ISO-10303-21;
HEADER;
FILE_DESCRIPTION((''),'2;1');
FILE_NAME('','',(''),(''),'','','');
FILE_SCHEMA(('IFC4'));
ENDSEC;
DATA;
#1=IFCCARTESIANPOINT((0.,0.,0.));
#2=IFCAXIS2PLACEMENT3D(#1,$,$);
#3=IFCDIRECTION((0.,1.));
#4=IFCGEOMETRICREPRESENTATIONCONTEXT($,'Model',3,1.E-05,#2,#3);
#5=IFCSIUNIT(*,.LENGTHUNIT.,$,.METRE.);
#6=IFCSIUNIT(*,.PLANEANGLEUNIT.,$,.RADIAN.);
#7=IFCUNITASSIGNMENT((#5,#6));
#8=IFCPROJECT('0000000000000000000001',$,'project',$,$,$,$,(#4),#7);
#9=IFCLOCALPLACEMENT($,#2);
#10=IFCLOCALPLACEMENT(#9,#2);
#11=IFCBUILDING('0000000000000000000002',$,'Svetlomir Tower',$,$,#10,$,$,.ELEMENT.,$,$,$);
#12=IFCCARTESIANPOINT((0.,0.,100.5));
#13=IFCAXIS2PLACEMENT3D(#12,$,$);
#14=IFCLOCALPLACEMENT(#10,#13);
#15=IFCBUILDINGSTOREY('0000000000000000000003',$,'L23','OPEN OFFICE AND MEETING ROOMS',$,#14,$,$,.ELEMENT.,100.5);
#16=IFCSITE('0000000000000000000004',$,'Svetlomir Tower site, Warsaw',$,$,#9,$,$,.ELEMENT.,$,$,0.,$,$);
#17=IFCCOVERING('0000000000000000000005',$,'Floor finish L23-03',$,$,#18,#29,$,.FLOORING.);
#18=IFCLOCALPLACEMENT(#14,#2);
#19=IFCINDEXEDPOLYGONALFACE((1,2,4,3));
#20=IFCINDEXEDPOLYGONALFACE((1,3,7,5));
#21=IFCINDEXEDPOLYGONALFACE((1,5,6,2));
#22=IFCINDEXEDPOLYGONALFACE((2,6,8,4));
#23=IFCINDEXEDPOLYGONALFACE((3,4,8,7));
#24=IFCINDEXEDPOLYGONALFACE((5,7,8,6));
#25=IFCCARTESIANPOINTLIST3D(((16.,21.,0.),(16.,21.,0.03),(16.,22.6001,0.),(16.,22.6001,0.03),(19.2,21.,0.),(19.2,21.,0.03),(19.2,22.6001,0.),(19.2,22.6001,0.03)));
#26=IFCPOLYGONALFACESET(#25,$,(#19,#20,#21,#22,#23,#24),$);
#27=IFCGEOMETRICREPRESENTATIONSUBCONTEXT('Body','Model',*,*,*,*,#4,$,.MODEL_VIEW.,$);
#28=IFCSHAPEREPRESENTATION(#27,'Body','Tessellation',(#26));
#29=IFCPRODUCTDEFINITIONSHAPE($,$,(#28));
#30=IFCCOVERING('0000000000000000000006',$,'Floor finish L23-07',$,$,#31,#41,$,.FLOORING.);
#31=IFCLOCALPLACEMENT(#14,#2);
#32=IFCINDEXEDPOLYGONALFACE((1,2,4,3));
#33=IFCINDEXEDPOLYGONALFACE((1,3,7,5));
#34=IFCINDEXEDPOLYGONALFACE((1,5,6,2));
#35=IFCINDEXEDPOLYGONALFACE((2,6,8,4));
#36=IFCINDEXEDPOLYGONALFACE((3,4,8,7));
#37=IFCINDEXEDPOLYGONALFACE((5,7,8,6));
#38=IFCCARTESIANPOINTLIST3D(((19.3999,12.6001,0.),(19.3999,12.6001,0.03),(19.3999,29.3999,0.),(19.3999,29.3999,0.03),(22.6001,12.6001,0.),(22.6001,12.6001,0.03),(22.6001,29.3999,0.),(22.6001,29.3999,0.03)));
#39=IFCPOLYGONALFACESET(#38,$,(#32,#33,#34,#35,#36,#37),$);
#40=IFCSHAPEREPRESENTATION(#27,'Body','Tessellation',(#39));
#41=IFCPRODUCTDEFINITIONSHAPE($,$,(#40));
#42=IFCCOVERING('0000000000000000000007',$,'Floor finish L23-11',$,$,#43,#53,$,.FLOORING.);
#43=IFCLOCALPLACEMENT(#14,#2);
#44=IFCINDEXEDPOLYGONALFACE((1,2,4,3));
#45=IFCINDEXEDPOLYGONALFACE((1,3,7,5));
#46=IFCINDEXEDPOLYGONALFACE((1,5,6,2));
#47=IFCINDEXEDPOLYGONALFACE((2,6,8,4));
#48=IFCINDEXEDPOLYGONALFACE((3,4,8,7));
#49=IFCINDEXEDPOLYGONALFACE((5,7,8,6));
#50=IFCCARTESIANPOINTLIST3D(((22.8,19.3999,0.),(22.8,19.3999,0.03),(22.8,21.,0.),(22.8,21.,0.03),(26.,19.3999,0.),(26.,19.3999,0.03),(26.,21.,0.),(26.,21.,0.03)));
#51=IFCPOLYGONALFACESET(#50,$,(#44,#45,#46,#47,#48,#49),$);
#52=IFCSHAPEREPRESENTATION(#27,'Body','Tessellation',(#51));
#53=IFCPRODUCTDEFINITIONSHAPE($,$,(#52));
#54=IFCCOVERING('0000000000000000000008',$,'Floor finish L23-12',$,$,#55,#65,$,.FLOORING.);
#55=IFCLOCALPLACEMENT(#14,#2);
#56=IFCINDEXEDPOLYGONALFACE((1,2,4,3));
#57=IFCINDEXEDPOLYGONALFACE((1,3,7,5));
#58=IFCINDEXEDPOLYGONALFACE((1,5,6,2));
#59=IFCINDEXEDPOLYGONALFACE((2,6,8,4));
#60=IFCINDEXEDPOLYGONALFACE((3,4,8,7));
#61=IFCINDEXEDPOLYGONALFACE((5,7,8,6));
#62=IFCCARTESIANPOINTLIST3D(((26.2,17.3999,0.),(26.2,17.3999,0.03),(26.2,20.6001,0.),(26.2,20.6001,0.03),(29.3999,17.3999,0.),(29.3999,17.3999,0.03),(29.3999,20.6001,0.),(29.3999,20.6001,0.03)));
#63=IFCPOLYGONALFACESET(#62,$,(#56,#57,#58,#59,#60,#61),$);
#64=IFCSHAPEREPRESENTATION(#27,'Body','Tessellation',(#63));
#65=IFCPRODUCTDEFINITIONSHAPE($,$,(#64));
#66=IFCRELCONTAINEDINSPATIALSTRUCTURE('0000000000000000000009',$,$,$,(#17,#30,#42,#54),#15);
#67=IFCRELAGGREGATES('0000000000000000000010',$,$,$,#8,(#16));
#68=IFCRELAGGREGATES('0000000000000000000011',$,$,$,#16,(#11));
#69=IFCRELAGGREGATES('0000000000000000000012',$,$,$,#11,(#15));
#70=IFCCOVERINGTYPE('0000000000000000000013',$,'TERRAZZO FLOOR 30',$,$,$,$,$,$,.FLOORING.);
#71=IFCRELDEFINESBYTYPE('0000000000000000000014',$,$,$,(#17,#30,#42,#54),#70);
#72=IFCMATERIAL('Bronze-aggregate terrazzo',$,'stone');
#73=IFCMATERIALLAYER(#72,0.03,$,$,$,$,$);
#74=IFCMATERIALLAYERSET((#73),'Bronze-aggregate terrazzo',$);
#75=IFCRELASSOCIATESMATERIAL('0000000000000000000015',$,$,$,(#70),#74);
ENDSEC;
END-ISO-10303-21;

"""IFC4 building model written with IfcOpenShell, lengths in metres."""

from ifc_helpers import new_model, si_unit, direction, frame, origin, place, context, subcontext, project, spatial, polyline, outline, extrude, material, layer, layer_set, type_object, element, save


model = new_model("IFC4")

# Units and contexts
model_context = context("Model", 3, precision=1e-05, world=origin(), true_north=direction((0.0, 1.0)))
body_context = subcontext(model_context, "Body", "Model", "MODEL_VIEW")
ifc_project = project(units=[si_unit("LENGTHUNIT", "METRE"), si_unit("PLANEANGLEUNIT", "RADIAN")], contexts=[model_context])

# Site, building, storey
site_placement = place(None, origin())
site = spatial("IfcSite", under=ifc_project, at=site_placement, Name="Svetlomir Tower site, Warsaw", CompositionType="ELEMENT", RefElevation=0.0)
building_placement = place(site_placement, origin())
building = spatial("IfcBuilding", under=site, at=building_placement, Name="Svetlomir Tower", CompositionType="ELEMENT")
storey_placement = place(building_placement, frame((0.0, 0.0, 100.5)))
storey = spatial("IfcBuildingStorey", under=building, at=storey_placement, Name="L23", Description="OPEN OFFICE AND MEETING ROOMS", CompositionType="ELEMENT", Elevation=100.5)

# Coverings
ifc_material_1 = material(Name="Bronze-aggregate terrazzo", Category="stone")
ifc_layer_1 = layer(ifc_material_1, 0.03)
ifc_layer_set_1 = layer_set([ifc_layer_1], Name="Bronze-aggregate terrazzo")
covering_type_1 = type_object("IfcCoveringType", Name="TERRAZZO FLOOR 30", PredefinedType="FLOORING", material=ifc_layer_set_1)
covering_1_placement = place(storey_placement, origin())
element("IfcCovering", 1, at=covering_1_placement, inside=storey, type_object=covering_type_1, Name="Floor finish L23-03", PredefinedType="FLOORING", context=body_context, shape_type="SweptSolid", body=[
    extrude(outline(polyline([(16.0, 21.0), (19.2, 21.0), (19.2, 22.6001), (16.0, 22.6001), (16.0, 21.0)])), origin(), (0.0, 0.0, 1.0), 0.03),
])
covering_2_placement = place(storey_placement, origin())
element("IfcCovering", 2, at=covering_2_placement, inside=storey, type_object=covering_type_1, Name="Floor finish L23-07", PredefinedType="FLOORING", context=body_context, shape_type="SweptSolid", body=[
    extrude(outline(polyline([(19.3999, 12.6001), (22.6001, 12.6001), (22.6001, 29.3999), (19.3999, 29.3999), (19.3999, 12.6001)])), origin(), (0.0, 0.0, 1.0), 0.03),
])
covering_3_placement = place(storey_placement, origin())
element("IfcCovering", 3, at=covering_3_placement, inside=storey, type_object=covering_type_1, Name="Floor finish L23-11", PredefinedType="FLOORING", context=body_context, shape_type="SweptSolid", body=[
    extrude(outline(polyline([(22.8, 19.3999), (26.0, 19.3999), (26.0, 21.0), (22.8, 21.0), (22.8, 19.3999)])), origin(), (0.0, 0.0, 1.0), 0.03),
])
covering_4_placement = place(storey_placement, origin())
element("IfcCovering", 4, at=covering_4_placement, inside=storey, type_object=covering_type_1, Name="Floor finish L23-12", PredefinedType="FLOORING", context=body_context, shape_type="SweptSolid", body=[
    extrude(outline(polyline([(26.2, 17.3999), (29.3999, 17.3999), (29.3999, 20.6001), (26.2, 20.6001), (26.2, 17.3999)])), origin(), (0.0, 0.0, 1.0), 0.03),
])

save(model, "model.ifc")
